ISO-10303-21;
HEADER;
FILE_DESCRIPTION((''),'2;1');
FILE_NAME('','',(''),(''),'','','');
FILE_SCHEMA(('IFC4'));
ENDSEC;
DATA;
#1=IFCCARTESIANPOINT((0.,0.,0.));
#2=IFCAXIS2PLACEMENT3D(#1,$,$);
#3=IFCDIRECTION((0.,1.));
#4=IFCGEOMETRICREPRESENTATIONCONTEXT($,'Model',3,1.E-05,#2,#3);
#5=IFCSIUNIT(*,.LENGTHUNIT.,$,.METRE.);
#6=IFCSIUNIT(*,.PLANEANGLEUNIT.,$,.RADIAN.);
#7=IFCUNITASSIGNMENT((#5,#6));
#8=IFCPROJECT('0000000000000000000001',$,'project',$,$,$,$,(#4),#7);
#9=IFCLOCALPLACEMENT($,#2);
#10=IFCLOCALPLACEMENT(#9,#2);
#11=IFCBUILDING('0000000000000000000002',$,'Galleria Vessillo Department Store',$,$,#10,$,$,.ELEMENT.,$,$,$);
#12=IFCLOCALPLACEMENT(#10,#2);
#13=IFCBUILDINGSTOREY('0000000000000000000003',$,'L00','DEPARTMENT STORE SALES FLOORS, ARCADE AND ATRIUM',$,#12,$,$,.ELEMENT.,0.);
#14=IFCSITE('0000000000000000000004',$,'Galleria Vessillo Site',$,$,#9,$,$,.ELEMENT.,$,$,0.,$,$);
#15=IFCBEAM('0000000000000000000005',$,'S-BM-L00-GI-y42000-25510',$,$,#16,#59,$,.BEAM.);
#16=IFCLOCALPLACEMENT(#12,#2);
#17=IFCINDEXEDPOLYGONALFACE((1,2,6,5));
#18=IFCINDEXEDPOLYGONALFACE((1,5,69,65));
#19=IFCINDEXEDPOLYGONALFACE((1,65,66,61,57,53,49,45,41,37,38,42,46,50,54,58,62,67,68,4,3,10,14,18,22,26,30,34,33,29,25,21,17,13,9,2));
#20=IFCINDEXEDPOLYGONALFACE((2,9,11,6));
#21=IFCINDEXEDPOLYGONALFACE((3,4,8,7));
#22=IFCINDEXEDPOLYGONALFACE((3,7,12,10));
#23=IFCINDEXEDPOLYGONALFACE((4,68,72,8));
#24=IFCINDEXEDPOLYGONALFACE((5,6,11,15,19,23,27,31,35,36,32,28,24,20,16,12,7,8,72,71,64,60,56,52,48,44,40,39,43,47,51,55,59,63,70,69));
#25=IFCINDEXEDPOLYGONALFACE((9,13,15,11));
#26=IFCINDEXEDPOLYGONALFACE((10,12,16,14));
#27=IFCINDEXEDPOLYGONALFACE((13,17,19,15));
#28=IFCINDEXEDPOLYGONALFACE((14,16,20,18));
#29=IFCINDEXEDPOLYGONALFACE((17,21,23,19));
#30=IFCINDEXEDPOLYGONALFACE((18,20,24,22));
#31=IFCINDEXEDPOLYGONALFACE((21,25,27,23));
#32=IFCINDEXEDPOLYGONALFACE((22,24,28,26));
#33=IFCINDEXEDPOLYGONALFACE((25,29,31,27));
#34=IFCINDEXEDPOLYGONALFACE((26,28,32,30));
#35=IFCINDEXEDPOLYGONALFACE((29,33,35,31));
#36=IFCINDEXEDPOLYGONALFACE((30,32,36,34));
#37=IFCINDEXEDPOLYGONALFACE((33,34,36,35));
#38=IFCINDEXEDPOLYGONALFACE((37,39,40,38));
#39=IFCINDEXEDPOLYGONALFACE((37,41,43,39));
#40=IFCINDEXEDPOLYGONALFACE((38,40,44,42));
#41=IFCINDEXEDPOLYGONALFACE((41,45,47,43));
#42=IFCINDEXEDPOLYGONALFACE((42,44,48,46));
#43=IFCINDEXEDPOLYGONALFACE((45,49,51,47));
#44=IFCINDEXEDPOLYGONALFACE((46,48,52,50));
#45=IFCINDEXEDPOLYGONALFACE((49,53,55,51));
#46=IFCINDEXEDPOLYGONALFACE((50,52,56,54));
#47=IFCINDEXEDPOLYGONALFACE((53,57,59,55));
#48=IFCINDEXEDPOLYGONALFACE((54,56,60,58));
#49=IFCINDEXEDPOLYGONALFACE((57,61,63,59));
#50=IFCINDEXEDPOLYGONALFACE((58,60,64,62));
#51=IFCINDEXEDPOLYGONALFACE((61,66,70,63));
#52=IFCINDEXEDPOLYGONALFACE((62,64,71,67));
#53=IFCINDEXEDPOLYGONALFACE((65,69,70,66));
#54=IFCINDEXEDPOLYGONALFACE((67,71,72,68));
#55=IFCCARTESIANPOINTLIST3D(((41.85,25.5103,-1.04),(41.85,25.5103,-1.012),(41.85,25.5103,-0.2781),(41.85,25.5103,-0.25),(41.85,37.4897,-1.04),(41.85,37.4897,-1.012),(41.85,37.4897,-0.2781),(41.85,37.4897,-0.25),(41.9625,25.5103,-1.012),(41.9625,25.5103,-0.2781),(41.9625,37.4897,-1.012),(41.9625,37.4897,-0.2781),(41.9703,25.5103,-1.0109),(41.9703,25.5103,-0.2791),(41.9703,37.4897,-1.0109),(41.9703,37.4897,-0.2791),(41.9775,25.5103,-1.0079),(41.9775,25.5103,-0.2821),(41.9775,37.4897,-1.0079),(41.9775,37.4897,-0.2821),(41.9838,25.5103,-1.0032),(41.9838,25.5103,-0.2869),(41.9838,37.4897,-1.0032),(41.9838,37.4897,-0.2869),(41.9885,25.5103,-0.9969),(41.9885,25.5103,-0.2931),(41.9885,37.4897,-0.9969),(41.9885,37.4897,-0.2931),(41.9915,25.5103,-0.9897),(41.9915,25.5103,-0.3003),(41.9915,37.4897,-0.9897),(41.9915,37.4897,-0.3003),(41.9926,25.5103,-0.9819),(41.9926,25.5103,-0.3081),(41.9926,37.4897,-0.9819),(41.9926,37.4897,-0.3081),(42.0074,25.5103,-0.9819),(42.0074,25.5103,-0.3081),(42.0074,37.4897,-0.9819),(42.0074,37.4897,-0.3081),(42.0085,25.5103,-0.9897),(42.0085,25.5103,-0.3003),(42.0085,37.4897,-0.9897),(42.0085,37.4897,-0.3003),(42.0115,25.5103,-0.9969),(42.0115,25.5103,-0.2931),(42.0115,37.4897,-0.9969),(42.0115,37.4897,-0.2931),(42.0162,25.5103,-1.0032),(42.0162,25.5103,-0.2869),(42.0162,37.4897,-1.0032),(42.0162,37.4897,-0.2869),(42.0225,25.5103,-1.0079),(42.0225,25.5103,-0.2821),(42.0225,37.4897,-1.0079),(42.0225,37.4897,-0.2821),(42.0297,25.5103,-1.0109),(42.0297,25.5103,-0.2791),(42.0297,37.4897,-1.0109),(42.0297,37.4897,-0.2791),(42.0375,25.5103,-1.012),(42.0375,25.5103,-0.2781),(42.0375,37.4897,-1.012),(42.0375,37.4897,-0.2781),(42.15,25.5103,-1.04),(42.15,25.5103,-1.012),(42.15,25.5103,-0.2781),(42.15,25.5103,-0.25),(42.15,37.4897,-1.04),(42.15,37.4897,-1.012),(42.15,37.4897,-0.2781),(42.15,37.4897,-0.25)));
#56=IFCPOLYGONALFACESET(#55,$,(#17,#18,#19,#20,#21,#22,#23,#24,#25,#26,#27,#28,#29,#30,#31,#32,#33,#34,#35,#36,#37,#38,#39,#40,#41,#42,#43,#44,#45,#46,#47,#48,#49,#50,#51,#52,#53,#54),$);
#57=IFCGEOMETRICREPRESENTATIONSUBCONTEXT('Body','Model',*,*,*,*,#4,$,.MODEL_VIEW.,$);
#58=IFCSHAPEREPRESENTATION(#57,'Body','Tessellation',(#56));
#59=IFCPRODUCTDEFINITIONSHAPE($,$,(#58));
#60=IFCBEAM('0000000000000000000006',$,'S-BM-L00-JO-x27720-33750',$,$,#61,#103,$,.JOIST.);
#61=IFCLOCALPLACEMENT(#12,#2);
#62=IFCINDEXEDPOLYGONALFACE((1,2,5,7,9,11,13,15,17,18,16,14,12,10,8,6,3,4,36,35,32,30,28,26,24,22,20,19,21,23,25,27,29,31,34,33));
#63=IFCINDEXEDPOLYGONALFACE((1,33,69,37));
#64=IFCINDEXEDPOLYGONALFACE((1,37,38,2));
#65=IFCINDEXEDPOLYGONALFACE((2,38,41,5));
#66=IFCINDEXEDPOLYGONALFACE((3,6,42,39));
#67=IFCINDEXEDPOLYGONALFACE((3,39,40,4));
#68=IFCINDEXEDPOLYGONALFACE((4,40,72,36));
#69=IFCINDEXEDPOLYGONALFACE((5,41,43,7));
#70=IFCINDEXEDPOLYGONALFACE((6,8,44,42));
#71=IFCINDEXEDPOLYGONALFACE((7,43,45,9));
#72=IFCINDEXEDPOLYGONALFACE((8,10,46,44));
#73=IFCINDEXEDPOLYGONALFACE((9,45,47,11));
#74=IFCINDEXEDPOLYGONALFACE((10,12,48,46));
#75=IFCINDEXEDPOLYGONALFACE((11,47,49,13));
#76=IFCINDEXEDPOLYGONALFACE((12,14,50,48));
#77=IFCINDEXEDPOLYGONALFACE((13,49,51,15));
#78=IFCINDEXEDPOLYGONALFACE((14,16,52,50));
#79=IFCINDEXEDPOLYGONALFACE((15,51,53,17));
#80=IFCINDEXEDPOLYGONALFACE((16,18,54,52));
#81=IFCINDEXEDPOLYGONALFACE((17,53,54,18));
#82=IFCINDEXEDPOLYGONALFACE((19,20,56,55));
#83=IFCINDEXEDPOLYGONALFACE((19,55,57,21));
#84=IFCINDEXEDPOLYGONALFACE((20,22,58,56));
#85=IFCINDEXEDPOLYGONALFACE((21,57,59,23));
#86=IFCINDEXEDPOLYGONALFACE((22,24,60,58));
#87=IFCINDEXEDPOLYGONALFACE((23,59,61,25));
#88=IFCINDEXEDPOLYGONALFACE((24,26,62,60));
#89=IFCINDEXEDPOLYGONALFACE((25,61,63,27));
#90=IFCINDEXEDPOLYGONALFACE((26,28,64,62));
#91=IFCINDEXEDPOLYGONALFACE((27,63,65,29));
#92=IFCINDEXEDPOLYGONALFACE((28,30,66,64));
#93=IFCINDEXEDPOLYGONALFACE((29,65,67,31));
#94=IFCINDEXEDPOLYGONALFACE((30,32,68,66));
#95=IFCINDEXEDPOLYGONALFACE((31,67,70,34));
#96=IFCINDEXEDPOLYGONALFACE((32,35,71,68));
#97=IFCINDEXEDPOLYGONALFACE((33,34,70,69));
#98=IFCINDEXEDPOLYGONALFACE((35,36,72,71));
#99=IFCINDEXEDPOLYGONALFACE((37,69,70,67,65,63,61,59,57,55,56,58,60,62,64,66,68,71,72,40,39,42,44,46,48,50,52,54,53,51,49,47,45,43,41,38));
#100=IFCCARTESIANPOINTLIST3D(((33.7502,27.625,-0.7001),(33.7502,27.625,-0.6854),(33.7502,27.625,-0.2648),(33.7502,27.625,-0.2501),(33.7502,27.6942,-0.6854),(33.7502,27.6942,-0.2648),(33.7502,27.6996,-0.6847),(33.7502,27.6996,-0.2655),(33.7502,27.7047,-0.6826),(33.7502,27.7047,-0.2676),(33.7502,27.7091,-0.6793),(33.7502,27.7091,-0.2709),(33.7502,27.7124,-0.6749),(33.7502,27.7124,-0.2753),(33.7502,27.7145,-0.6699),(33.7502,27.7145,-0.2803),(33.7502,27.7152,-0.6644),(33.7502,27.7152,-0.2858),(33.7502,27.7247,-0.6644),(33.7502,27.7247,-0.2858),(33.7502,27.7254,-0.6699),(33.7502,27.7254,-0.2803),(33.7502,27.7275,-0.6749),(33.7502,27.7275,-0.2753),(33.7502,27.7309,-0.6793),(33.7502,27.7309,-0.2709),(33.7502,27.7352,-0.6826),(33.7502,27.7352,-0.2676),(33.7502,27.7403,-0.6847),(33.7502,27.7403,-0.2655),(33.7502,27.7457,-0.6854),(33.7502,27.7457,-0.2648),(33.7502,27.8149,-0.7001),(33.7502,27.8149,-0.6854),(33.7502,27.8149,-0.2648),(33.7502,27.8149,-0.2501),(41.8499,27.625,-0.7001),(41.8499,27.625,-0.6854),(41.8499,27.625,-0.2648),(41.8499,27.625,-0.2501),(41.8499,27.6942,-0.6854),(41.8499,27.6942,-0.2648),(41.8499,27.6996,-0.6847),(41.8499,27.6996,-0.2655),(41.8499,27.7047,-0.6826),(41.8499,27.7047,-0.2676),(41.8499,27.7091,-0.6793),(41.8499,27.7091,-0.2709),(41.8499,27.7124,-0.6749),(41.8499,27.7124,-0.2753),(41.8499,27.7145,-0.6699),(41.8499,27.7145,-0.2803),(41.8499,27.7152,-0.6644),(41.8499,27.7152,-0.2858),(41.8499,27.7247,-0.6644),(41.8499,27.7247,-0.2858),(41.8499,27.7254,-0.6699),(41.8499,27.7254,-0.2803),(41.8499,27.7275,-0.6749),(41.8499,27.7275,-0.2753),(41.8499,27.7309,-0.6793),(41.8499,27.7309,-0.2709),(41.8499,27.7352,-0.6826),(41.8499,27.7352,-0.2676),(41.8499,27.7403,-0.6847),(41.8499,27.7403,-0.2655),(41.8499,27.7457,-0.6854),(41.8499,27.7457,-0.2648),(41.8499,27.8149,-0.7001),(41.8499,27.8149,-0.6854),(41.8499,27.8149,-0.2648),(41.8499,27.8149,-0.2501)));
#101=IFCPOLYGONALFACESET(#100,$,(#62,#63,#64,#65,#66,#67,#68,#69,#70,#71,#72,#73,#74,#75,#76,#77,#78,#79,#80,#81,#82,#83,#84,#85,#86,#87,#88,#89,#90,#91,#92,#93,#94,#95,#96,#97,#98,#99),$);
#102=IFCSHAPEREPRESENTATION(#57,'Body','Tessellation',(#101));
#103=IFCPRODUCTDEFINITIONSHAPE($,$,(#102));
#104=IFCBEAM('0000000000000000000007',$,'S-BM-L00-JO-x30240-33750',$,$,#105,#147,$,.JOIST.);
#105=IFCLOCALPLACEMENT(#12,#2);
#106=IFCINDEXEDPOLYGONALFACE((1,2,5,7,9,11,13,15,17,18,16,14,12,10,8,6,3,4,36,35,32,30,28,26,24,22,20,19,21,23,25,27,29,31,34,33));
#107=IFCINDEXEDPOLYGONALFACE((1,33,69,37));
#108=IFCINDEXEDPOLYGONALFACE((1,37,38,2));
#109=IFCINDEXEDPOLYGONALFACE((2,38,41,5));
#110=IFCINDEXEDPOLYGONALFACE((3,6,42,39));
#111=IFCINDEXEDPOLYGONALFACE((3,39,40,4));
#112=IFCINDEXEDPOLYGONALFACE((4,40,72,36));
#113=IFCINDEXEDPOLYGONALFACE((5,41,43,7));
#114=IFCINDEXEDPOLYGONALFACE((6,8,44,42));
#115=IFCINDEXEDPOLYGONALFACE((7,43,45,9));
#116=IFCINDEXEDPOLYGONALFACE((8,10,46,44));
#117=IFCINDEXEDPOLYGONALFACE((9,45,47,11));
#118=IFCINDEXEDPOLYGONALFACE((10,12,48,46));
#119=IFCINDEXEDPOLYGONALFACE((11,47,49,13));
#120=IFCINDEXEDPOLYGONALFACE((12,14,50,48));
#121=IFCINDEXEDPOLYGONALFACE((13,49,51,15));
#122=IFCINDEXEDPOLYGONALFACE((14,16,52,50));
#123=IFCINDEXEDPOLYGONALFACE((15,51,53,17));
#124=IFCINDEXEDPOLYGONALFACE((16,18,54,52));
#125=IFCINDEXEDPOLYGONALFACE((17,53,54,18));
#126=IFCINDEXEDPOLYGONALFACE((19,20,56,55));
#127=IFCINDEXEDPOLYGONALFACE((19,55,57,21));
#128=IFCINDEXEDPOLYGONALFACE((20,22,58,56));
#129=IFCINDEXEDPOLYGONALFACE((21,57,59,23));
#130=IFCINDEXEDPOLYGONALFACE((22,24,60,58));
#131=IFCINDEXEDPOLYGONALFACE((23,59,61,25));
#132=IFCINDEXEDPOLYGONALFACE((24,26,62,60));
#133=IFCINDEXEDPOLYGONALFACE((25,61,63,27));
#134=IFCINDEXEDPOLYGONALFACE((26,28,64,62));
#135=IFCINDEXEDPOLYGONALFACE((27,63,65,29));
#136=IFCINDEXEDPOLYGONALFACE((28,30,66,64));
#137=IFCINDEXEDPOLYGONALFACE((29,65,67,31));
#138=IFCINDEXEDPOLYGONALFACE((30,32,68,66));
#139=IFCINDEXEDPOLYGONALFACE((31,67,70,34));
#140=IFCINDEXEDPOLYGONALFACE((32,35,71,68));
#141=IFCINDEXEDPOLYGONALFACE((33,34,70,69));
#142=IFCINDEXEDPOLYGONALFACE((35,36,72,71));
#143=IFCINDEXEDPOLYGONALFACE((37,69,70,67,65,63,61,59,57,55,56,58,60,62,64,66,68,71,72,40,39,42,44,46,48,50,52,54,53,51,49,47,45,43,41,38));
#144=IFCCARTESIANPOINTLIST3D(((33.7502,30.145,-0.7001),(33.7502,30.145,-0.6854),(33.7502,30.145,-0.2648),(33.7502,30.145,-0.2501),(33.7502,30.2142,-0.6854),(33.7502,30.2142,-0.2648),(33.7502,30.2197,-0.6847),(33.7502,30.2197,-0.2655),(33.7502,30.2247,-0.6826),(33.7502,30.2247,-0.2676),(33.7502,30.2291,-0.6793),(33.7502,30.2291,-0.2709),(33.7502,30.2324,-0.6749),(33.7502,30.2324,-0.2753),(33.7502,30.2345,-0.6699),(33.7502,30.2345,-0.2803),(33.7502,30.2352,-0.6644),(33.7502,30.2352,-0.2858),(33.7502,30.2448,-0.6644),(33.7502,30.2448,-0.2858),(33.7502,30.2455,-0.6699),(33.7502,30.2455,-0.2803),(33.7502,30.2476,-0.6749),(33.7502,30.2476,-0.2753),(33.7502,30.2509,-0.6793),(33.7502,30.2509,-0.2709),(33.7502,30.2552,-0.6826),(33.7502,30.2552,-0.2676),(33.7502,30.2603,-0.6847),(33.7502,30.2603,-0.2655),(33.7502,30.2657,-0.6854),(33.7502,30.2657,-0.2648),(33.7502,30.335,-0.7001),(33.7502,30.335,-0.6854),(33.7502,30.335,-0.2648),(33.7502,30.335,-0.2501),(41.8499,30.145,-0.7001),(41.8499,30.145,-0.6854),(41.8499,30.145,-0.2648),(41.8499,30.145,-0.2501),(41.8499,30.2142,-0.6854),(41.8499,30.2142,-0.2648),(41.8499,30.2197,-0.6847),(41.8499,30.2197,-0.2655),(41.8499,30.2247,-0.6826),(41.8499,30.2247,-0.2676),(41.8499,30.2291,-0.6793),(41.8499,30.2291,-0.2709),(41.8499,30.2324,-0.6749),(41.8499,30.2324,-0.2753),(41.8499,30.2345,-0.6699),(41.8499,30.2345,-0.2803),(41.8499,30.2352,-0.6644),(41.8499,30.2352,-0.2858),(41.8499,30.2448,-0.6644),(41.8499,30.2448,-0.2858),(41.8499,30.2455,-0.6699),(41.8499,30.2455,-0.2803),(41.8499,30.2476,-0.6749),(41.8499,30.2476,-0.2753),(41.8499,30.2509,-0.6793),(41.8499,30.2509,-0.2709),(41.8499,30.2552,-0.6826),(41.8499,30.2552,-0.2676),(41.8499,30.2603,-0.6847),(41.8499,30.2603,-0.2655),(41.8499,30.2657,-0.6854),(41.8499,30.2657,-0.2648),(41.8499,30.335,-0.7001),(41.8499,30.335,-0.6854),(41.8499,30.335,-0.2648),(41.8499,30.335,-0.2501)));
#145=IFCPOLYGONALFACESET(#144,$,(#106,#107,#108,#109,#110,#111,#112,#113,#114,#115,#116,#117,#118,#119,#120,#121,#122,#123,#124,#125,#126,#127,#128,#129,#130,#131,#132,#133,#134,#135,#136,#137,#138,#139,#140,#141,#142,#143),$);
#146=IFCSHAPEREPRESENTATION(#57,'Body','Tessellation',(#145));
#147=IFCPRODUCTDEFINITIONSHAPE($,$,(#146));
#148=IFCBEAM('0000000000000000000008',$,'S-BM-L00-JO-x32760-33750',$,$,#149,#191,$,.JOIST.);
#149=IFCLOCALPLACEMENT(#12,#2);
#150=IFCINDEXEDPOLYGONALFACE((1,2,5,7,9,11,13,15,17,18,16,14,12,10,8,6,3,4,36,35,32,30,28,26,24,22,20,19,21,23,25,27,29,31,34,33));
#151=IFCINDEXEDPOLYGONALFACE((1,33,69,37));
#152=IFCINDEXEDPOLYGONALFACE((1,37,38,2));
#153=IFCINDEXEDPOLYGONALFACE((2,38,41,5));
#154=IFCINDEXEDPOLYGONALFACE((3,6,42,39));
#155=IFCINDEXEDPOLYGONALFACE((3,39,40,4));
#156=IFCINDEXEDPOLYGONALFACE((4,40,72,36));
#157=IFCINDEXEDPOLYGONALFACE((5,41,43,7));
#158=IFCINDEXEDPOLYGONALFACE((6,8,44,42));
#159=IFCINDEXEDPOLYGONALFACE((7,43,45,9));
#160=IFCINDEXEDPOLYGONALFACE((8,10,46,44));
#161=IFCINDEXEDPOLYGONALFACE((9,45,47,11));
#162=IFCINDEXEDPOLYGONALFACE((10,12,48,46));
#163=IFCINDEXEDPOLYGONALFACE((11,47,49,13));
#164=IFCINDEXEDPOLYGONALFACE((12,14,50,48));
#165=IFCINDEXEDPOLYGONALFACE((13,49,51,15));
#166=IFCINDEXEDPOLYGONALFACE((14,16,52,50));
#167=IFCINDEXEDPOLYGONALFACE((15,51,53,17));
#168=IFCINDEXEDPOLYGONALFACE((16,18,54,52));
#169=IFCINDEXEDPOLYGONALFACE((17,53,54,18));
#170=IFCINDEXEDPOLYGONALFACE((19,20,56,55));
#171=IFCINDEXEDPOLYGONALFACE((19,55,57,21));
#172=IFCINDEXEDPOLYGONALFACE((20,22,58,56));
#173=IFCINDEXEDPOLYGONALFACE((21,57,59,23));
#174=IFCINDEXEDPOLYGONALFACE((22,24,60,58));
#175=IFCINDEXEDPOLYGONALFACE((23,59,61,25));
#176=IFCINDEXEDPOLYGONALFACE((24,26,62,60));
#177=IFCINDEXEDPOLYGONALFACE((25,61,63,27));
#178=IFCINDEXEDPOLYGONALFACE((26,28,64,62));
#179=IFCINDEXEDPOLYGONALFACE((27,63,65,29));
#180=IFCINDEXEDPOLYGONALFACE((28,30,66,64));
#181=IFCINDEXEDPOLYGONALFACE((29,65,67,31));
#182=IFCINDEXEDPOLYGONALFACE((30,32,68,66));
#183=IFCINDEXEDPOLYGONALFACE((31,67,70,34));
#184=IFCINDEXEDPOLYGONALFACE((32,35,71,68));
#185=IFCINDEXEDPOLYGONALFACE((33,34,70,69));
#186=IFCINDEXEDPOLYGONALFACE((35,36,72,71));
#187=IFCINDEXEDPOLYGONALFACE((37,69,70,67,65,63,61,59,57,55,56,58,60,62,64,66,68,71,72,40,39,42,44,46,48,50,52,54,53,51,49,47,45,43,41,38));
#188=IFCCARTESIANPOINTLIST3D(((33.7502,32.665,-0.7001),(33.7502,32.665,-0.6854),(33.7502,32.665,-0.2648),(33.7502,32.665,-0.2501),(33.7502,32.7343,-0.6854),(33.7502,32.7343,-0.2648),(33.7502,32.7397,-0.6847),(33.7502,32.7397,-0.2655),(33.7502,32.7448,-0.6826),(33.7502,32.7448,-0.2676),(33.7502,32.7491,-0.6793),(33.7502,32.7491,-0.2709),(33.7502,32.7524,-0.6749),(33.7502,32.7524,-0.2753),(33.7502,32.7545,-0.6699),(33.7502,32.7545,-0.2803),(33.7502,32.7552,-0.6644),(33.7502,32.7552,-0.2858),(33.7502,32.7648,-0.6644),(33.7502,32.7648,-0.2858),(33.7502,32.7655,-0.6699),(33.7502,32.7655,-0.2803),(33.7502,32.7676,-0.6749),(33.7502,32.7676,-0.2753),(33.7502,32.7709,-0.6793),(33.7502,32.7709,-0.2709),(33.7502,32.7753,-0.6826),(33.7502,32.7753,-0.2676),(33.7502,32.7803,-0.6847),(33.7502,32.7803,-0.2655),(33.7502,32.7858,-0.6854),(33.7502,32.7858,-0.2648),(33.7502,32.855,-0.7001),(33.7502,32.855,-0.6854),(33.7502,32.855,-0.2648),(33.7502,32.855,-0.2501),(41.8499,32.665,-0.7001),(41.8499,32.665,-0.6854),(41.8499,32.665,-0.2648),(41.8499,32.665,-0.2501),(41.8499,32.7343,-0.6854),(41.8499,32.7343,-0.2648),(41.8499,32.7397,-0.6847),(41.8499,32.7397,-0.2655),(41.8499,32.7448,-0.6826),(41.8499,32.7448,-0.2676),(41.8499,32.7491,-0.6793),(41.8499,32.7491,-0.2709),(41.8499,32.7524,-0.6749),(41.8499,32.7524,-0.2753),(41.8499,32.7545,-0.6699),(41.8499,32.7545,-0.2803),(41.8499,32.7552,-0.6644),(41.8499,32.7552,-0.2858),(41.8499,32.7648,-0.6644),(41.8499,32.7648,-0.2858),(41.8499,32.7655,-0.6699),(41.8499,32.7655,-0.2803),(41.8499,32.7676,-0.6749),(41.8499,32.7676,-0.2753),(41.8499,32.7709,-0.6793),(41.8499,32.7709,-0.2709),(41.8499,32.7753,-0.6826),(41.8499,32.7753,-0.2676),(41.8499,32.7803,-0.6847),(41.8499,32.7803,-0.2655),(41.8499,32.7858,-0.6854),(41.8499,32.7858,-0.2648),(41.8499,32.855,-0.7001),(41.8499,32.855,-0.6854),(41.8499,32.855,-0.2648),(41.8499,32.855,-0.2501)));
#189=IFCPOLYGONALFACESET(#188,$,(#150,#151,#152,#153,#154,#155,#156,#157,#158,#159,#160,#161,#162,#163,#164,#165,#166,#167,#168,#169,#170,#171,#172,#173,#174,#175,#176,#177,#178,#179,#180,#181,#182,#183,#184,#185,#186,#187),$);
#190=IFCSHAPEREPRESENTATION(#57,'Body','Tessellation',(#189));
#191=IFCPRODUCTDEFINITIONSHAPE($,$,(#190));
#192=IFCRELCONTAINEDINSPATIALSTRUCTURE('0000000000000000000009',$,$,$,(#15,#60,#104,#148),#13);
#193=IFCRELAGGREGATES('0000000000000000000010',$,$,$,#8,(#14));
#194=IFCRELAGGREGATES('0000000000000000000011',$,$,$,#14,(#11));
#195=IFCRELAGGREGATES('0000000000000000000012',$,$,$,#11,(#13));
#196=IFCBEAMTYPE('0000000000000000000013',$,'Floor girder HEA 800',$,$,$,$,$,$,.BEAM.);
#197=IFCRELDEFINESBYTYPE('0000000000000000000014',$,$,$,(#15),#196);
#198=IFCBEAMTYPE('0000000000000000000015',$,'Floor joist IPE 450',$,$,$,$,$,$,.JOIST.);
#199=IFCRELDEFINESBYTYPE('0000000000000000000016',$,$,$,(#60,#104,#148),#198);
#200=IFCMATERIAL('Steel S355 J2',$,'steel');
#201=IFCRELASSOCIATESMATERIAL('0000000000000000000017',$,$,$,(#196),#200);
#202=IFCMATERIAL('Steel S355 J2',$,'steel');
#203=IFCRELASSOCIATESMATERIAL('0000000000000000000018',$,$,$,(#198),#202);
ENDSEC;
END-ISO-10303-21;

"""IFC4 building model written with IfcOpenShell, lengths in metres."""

from ifc_helpers import new_model, si_unit, direction, frame, origin, origin_2d, place, context, subcontext, project, spatial, i_section, extrude, material, material_profile, profile_set, type_object, element, save


model = new_model("IFC4")

# Units and contexts
model_context = context("Model", 3, precision=1e-05, world=origin(), true_north=direction((0.0, 1.0)))
body_context = subcontext(model_context, "Body", "Model", "MODEL_VIEW")
ifc_project = project(units=[si_unit("LENGTHUNIT", "METRE"), si_unit("PLANEANGLEUNIT", "RADIAN")], contexts=[model_context])

# Site, building, storey
site_placement = place(None, origin())
site = spatial("IfcSite", under=ifc_project, at=site_placement, Name="Galleria Vessillo Site", CompositionType="ELEMENT", RefElevation=0.0)
building_placement = place(site_placement, origin())
building = spatial("IfcBuilding", under=site, at=building_placement, Name="Galleria Vessillo Department Store", CompositionType="ELEMENT")
storey_placement = place(building_placement, origin())
storey = spatial("IfcBuildingStorey", under=building, at=storey_placement, Name="L00", Description="DEPARTMENT STORE SALES FLOORS, ARCADE AND ATRIUM", CompositionType="ELEMENT", Elevation=0.0)

# Beams
ifc_material_1 = material(Name="Steel S355 J2", Category="steel")
ifc_material_profile_1 = material_profile(ifc_material_1, i_section(OverallWidth=0.3, OverallDepth=0.79, WebThickness=0.0149, FlangeThickness=0.0281, FilletRadius=0.03, at=origin_2d()), Name="HEA 800")
ifc_profile_set_1 = profile_set([ifc_material_profile_1], Name="Steel S355 J2")
beam_type_1 = type_object("IfcBeamType", Name="Floor girder HEA 800", PredefinedType="BEAM", material=ifc_profile_set_1)
beam_placement = place(storey_placement, frame((42.0, 25.5103, -0.645), z_axis=(0.0, 1.0, 0.0), x_axis=(-1.0, 0.0, 0.0)))
element("IfcBeam", 1, at=beam_placement, inside=storey, type_object=beam_type_1, Name="S-BM-L00-GI-y42000-25510", PredefinedType="BEAM", context=body_context, shape_type="SweptSolid", body=[
    extrude(i_section(OverallWidth=0.3, OverallDepth=0.79, WebThickness=0.0149, FlangeThickness=0.0281, FilletRadius=0.03, at=origin_2d()), origin(), (0.0, 0.0, 1.0), 11.9795),
])
ifc_material_2 = material(Name="Steel S355 J2", Category="steel")
ifc_material_profile_2 = material_profile(ifc_material_2, i_section(OverallWidth=0.1899, OverallDepth=0.45, WebThickness=0.0095, FlangeThickness=0.0146, FilletRadius=0.021, at=origin_2d()), Name="IPE 450")
ifc_profile_set_2 = profile_set([ifc_material_profile_2], Name="Steel S355 J2")
beam_type_2 = type_object("IfcBeamType", Name="Floor joist IPE 450", PredefinedType="JOIST", material=ifc_profile_set_2)
for number, where, z_axis, x_axis, name in (
    (2, (33.7502, 27.72, -0.4751), (1.0, 0.0, 0.0), (0.0, 1.0, 0.0), "S-BM-L00-JO-x27720-33750"),
    (3, (33.7502, 30.24, -0.4751), (1.0, 0.0, 0.0), (0.0, 1.0, 0.0), "S-BM-L00-JO-x30240-33750"),
    (4, (33.7502, 32.76, -0.4751), (1.0, 0.0, 0.0), (0.0, 1.0, 0.0), "S-BM-L00-JO-x32760-33750"),
):
    element("IfcBeam", number, at=place(storey_placement, frame(where, z_axis=z_axis, x_axis=x_axis)), inside=storey, type_object=beam_type_2, Name=name, PredefinedType="JOIST", context=body_context, shape_type="SweptSolid", body=[
        extrude(i_section(OverallWidth=0.1899, OverallDepth=0.45, WebThickness=0.0095, FlangeThickness=0.0146, FilletRadius=0.021, at=origin_2d()), origin(), (0.0, 0.0, 1.0), 8.0996),
    ])

save(model, "model.ifc")
